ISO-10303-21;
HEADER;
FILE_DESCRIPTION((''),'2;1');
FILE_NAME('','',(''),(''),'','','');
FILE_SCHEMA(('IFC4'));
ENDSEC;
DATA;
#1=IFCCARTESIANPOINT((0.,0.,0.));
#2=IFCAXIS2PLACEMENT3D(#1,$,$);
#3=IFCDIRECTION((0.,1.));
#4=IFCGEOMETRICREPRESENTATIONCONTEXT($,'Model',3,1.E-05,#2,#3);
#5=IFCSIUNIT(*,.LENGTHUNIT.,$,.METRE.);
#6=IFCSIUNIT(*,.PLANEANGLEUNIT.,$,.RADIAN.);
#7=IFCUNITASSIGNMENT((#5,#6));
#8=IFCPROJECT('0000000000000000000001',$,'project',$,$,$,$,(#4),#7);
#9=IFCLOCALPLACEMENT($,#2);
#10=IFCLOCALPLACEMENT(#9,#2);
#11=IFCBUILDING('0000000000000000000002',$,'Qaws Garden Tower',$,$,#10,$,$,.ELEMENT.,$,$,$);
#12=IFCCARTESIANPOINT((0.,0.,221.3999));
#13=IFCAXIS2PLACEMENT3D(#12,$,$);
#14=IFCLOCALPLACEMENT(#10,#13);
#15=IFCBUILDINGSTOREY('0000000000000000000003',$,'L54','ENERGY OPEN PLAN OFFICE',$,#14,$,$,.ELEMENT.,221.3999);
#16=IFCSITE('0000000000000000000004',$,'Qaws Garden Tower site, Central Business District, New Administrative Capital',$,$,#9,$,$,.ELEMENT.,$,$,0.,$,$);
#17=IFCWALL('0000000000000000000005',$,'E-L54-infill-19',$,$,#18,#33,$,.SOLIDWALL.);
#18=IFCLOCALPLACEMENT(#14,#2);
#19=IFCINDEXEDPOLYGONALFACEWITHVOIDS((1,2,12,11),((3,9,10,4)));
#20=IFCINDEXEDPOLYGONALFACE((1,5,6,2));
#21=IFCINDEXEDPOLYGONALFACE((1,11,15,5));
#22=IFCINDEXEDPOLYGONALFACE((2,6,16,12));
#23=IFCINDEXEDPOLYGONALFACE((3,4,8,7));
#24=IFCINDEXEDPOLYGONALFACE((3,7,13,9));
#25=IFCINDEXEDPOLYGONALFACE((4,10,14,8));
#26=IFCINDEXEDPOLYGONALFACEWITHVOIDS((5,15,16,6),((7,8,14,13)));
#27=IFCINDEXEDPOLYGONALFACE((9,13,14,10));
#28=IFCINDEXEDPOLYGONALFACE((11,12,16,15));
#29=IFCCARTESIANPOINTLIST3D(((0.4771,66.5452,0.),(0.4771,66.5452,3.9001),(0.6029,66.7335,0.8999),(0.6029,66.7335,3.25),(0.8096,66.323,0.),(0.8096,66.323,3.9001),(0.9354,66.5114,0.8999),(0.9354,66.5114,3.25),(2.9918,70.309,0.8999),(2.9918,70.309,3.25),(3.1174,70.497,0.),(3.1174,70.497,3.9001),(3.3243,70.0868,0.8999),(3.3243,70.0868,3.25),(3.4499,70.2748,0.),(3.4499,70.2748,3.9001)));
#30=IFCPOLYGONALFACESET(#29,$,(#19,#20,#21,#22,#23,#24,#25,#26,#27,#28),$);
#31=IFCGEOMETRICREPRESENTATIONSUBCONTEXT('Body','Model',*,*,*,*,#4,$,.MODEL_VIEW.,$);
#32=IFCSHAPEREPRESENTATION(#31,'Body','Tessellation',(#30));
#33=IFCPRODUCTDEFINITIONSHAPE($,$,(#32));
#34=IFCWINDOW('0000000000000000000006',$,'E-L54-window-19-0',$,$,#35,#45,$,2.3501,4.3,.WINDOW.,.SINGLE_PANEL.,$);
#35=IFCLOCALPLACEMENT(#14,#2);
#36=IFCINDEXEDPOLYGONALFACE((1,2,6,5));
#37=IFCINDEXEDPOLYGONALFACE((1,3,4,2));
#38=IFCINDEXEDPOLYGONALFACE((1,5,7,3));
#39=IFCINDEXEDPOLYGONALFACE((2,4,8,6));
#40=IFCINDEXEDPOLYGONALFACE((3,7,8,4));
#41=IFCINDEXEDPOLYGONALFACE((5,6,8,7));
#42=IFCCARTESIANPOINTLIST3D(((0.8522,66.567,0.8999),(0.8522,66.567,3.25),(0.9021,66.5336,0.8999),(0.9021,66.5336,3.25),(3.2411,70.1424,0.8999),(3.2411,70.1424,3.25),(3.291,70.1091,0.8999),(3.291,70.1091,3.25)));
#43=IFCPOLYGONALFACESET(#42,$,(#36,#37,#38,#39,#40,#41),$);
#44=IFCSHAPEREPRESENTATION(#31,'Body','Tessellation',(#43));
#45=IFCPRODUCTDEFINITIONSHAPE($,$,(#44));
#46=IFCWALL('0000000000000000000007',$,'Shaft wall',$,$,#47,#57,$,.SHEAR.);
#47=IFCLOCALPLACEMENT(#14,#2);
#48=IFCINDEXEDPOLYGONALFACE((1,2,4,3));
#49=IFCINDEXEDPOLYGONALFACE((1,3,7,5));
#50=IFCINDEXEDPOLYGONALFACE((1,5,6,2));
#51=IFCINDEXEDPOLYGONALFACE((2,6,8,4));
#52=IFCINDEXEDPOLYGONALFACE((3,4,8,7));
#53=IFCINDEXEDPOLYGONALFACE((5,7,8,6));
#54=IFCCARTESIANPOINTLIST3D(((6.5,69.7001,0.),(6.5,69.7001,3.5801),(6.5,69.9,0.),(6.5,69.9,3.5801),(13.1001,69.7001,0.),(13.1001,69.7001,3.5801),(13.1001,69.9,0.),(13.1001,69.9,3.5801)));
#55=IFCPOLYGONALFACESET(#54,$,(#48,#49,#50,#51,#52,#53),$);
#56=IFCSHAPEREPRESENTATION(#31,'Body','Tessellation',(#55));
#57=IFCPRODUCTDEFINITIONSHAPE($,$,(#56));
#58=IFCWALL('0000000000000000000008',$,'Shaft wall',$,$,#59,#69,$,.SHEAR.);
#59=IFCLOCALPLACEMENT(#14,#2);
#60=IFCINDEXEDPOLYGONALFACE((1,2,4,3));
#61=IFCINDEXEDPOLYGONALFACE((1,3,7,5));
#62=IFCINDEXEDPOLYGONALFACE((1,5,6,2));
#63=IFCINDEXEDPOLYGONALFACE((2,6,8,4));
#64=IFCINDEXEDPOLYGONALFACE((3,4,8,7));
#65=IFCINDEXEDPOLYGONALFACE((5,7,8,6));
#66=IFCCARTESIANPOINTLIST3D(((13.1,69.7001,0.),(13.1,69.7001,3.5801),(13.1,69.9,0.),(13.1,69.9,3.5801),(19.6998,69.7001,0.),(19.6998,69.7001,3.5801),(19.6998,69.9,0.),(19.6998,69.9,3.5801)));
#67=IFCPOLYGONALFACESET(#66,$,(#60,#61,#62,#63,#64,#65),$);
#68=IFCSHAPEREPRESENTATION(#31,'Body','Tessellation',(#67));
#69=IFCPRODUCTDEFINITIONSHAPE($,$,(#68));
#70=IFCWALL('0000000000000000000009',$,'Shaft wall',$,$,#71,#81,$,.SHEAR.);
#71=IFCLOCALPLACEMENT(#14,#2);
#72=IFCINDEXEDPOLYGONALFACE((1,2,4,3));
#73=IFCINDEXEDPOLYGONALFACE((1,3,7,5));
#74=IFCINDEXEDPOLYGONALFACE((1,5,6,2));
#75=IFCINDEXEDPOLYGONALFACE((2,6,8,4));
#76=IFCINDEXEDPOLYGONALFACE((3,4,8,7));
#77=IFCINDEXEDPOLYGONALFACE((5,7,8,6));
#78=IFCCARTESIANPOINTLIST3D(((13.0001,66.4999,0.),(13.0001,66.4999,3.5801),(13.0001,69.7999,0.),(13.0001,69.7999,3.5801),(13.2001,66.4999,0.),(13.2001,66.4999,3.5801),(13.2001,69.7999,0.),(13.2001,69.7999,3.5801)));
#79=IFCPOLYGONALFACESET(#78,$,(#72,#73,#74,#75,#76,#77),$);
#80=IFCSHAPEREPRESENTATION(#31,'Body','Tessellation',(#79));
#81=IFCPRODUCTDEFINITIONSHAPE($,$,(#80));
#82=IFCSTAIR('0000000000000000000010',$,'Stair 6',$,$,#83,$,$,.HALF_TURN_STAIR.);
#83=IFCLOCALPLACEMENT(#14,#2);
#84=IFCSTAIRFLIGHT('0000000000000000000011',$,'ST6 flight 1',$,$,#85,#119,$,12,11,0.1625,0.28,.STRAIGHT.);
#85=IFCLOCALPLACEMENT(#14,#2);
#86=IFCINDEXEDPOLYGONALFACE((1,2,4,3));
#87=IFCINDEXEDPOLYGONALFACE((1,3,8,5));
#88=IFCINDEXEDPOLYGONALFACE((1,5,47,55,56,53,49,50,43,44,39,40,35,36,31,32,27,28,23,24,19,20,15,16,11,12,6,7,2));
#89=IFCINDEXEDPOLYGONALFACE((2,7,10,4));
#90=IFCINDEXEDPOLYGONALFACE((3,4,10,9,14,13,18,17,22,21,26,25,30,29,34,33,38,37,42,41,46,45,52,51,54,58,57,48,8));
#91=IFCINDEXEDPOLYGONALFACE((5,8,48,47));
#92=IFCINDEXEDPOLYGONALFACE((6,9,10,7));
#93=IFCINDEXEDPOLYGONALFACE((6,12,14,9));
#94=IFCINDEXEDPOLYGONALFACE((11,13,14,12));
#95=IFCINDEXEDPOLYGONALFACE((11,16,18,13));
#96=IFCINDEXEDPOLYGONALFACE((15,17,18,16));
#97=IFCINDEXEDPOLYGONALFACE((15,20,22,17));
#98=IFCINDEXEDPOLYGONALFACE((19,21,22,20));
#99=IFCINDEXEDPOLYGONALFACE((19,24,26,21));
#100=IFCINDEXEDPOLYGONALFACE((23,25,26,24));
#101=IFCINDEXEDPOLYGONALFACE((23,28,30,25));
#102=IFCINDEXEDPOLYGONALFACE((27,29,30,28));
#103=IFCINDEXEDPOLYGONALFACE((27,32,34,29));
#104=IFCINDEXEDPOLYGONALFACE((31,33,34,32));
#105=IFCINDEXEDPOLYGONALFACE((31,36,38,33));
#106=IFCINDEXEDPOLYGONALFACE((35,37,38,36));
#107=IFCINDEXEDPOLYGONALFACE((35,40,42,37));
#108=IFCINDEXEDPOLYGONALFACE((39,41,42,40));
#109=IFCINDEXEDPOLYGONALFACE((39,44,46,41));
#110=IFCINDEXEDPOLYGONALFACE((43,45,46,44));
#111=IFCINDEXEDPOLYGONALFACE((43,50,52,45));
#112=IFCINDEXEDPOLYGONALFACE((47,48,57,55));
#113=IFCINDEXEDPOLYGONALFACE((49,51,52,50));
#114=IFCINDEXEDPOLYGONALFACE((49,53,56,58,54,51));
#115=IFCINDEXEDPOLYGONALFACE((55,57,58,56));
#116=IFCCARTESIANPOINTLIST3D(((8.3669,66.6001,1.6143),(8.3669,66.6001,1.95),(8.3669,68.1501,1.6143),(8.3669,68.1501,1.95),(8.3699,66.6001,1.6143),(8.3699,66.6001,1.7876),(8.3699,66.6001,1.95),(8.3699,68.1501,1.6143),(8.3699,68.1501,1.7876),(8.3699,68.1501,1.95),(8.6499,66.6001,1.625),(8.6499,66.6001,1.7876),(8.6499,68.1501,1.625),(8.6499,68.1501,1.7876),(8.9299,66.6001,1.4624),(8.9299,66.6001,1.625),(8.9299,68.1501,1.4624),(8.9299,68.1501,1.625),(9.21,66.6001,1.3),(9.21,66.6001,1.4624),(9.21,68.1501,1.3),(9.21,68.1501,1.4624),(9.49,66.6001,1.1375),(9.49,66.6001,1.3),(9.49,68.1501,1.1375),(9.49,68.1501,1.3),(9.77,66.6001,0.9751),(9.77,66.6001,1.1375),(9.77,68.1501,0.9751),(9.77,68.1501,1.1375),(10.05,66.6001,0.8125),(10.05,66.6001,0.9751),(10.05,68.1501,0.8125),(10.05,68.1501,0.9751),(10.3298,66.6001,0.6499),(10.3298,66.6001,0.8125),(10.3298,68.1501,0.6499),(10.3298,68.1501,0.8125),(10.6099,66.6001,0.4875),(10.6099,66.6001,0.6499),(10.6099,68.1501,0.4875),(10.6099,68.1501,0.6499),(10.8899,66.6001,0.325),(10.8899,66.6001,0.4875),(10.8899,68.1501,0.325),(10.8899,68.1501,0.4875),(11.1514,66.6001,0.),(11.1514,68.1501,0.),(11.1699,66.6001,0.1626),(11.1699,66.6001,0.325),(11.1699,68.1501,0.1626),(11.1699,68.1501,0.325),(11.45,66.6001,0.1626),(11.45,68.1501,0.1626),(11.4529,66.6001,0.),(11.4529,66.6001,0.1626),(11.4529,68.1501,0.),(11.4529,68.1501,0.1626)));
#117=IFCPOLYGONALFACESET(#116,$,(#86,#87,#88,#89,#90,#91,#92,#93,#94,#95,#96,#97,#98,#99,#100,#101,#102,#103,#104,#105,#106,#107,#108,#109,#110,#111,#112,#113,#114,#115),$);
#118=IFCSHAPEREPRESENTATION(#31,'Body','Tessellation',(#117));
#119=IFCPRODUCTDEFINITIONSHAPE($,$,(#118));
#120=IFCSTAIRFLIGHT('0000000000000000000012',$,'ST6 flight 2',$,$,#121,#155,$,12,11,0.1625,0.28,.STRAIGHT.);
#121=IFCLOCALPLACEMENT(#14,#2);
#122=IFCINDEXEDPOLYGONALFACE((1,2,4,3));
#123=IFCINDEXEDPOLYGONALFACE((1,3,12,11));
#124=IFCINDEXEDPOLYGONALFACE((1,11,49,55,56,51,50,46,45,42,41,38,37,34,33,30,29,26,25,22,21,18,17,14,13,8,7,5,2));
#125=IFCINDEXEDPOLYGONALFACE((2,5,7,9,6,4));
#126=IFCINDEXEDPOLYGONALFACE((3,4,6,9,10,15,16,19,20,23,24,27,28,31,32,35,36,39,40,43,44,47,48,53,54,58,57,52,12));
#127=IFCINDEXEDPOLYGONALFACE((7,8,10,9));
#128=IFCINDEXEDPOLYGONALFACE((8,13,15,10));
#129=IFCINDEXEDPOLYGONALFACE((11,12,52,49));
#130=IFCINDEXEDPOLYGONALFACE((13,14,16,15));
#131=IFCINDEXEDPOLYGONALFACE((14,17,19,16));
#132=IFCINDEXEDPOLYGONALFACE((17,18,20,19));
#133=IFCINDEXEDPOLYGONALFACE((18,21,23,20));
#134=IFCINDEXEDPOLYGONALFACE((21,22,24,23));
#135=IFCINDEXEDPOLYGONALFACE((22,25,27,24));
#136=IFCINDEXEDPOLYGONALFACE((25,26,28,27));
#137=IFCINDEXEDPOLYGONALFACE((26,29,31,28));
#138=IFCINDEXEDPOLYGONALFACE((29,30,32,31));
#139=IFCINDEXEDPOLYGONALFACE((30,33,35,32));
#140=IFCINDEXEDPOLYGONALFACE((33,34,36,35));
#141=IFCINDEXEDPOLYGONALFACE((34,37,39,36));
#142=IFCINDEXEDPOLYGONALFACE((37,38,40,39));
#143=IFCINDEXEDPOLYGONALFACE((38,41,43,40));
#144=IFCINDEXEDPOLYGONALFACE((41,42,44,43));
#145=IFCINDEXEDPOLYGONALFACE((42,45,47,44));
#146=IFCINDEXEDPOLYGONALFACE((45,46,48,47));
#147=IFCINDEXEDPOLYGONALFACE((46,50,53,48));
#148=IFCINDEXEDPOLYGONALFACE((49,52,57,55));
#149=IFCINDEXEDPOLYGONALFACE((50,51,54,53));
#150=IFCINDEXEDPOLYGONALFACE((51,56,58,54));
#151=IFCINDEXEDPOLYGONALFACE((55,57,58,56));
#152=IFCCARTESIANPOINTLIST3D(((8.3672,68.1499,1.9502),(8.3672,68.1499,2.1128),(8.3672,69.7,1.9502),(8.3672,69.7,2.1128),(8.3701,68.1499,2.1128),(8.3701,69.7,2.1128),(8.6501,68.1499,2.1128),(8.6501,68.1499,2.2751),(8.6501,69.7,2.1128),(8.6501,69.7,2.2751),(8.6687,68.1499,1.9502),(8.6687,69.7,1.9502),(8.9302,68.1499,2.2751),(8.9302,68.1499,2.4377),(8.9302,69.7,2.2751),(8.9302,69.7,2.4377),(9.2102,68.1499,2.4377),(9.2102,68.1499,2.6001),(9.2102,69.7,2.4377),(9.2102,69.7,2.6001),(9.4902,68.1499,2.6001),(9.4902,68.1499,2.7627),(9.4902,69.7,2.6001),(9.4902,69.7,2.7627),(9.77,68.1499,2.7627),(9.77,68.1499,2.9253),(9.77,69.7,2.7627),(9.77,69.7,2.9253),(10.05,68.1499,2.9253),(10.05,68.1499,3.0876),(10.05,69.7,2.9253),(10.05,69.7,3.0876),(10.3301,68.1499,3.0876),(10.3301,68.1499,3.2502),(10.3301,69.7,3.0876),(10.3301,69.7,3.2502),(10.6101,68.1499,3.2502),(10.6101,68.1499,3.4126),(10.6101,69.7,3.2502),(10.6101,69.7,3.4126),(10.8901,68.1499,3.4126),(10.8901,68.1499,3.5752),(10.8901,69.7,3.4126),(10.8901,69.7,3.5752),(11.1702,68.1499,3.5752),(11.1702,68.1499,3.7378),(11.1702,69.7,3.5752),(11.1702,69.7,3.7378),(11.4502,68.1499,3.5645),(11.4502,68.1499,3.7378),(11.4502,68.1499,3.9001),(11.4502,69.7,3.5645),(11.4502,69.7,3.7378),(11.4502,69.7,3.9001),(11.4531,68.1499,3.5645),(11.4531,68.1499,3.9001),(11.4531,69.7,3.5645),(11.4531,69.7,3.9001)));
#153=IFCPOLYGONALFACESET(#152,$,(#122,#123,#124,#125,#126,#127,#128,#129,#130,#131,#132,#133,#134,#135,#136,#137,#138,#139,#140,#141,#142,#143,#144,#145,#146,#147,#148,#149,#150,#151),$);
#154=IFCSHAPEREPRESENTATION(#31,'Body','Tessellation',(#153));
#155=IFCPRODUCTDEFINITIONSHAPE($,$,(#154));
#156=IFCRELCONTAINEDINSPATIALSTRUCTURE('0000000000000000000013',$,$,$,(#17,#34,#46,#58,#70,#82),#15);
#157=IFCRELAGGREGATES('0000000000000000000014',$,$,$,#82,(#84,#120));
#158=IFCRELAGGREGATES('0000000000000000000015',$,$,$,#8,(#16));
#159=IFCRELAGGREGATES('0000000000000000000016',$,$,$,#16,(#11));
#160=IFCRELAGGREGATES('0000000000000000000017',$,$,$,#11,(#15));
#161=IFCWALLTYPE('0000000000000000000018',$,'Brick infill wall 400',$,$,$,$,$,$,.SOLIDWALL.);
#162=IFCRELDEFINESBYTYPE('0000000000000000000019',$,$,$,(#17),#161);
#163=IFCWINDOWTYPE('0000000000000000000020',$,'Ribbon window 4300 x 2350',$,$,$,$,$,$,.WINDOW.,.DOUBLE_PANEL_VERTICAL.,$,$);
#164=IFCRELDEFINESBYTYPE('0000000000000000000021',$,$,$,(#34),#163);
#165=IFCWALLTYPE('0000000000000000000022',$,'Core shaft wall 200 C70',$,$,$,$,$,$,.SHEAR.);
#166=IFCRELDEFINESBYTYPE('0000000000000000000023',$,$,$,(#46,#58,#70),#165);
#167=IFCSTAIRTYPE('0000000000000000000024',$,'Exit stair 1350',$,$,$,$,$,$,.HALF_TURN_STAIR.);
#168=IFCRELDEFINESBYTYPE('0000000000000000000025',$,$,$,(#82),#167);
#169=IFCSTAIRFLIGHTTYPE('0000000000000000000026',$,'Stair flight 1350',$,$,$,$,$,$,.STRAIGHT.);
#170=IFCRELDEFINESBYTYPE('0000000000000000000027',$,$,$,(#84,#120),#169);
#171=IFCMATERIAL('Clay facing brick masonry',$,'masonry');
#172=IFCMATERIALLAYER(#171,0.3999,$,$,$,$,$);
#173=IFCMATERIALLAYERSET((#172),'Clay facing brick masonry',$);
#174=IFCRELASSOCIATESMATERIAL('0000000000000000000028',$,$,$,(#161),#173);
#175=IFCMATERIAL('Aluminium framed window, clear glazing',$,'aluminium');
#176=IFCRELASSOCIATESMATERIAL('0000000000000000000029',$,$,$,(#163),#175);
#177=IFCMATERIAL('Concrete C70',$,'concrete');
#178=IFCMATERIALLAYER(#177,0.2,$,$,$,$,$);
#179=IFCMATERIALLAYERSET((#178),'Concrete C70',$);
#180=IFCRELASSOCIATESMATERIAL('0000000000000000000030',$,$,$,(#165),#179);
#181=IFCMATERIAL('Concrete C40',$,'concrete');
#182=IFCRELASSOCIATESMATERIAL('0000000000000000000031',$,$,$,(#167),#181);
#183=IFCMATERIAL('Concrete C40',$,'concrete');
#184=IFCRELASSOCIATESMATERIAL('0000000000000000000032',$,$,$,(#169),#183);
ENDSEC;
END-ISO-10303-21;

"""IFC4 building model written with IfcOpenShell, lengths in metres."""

from ifc_helpers import new_model, si_unit, direction, frame, frame_2d, origin, place, context, subcontext, project, spatial, polyline, rectangle, outline, extrude, material, layer, layer_set, type_object, element, fill, aggregate, save


model = new_model("IFC4")

# Units and contexts
model_context = context("Model", 3, precision=1e-05, world=origin(), true_north=direction((0.0, 1.0)))
body_context = subcontext(model_context, "Body", "Model", "MODEL_VIEW")
ifc_project = project(units=[si_unit("LENGTHUNIT", "METRE"), si_unit("PLANEANGLEUNIT", "RADIAN")], contexts=[model_context])

# Site, building, storey
site_placement = place(None, origin())
site = spatial("IfcSite", under=ifc_project, at=site_placement, Name="Qaws Garden Tower site, Central Business District, New Administrative Capital", CompositionType="ELEMENT", RefElevation=0.0)
building_placement = place(site_placement, origin())
building = spatial("IfcBuilding", under=site, at=building_placement, Name="Qaws Garden Tower", CompositionType="ELEMENT")
storey_placement = place(building_placement, frame((0.0, 0.0, 221.3999)))
storey = spatial("IfcBuildingStorey", under=building, at=storey_placement, Name="L54", Description="ENERGY OPEN PLAN OFFICE", CompositionType="ELEMENT", Elevation=221.3999)

# Wall, opening, window
ifc_material_1 = material(Name="Clay facing brick masonry", Category="masonry")
ifc_layer_1 = layer(ifc_material_1, 0.3999)
ifc_layer_set_1 = layer_set([ifc_layer_1], Name="Clay facing brick masonry")
wall_type_1 = type_object("IfcWallType", Name="Brick infill wall 400", PredefinedType="SOLIDWALL", material=ifc_layer_set_1)
ifc_material_2 = material(Name="Aluminium framed window, clear glazing", Category="aluminium")
window_type = type_object("IfcWindowType", Name="Ribbon window 4300 x 2350", PartitioningType="DOUBLE_PANEL_VERTICAL", PredefinedType="WINDOW", material=ifc_material_2)
wall_1_placement = place(storey_placement, frame((3.2837, 70.386, 0.0), z_axis=(0.0, 0.0, 1.0), x_axis=(-0.555542, -0.831489, 0.0)))
wall_1 = element("IfcWall", 1, at=wall_1_placement, inside=storey, type_object=wall_type_1, Name="E-L54-infill-19", PredefinedType="SOLIDWALL", context=body_context, shape_type="SweptSolid", body=[
    extrude(rectangle(XDim=4.7527, YDim=0.3999, at=frame_2d((2.3765, 0.0))), origin(), (0.0, 0.0, 1.0), 3.9001),
])
opening_1_placement = place(wall_1_placement, frame((0.2263, 0.0, 0.8999)))
opening_1 = element("IfcOpeningElement", 2, at=opening_1_placement, cuts=wall_1, PredefinedType="OPENING", context=body_context, shape_type="SweptSolid", body=[
    extrude(rectangle(XDim=4.3, YDim=2.3501, at=frame_2d((2.1499, 1.175))), frame((0.0, 0.21, 0.0), z_axis=(0.0, -1.0, 0.0), x_axis=(1.0, 0.0, 0.0)), (0.0, 0.0, 1.0), 0.4199),
])
window_1_placement = place(opening_1_placement, origin())
window_1 = element("IfcWindow", 3, at=window_1_placement, inside=storey, type_object=window_type, Name="E-L54-window-19-0", OverallHeight=2.3501, OverallWidth=4.3, PartitioningType="SINGLE_PANEL", PredefinedType="WINDOW", context=body_context, shape_type="SweptSolid", body=[
    extrude(rectangle(XDim=4.3, YDim=2.3501, at=frame_2d((2.1499, 1.175))), frame((0.0, 0.1599, 0.0), z_axis=(0.0, -1.0, 0.0), x_axis=(1.0, 0.0, 0.0)), (0.0, 0.0, 1.0), 0.0601),
])
fill(opening_1, window_1)

# Walls
ifc_material_3 = material(Name="Concrete C70", Category="concrete")
ifc_layer_2 = layer(ifc_material_3, 0.2)
ifc_layer_set_2 = layer_set([ifc_layer_2], Name="Concrete C70")
wall_type_2 = type_object("IfcWallType", Name="Core shaft wall 200 C70", PredefinedType="SHEAR", material=ifc_layer_set_2)
wall_2_placement = place(storey_placement, frame((6.5, 69.8, 0.0), z_axis=(0.0, 0.0, 1.0), x_axis=(1.0, 0.0, 0.0)))
element("IfcWall", 4, at=wall_2_placement, inside=storey, type_object=wall_type_2, Name="Shaft wall", PredefinedType="SHEAR", context=body_context, shape_type="SweptSolid", body=[
    extrude(rectangle(XDim=6.6001, YDim=0.2, at=frame_2d((3.3, 0.0))), origin(), (0.0, 0.0, 1.0), 3.5801),
])
wall_3_placement = place(storey_placement, frame((13.1001, 69.8, 0.0), z_axis=(0.0, 0.0, 1.0), x_axis=(1.0, 0.0, 0.0)))
element("IfcWall", 5, at=wall_3_placement, inside=storey, type_object=wall_type_2, Name="Shaft wall", PredefinedType="SHEAR", context=body_context, shape_type="SweptSolid", body=[
    extrude(rectangle(XDim=6.5999, YDim=0.2, at=frame_2d((3.2998, 0.0))), origin(), (0.0, 0.0, 1.0), 3.5801),
])
wall_4_placement = place(storey_placement, frame((13.1001, 66.5, 0.0), z_axis=(0.0, 0.0, 1.0), x_axis=(0.0, 1.0, 0.0)))
element("IfcWall", 6, at=wall_4_placement, inside=storey, type_object=wall_type_2, Name="Shaft wall", PredefinedType="SHEAR", context=body_context, shape_type="SweptSolid", body=[
    extrude(rectangle(XDim=3.3, YDim=0.2, at=frame_2d((1.6499, 0.0))), origin(), (0.0, 0.0, 1.0), 3.5801),
])

# Stair, stair flights
ifc_material_4 = material(Name="Concrete C40", Category="concrete")
stair_type = type_object("IfcStairType", Name="Exit stair 1350", PredefinedType="HALF_TURN_STAIR", material=ifc_material_4)
placement = place(storey_placement, origin())
stair_1 = element("IfcStair", 7, at=placement, inside=storey, type_object=stair_type, Name="Stair 6", PredefinedType="HALF_TURN_STAIR")
ifc_material_5 = material(Name="Concrete C40", Category="concrete")
stair_flight_type = type_object("IfcStairFlightType", Name="Stair flight 1350", PredefinedType="STRAIGHT", material=ifc_material_5)
stair_flight_1_placement = place(storey_placement, frame((11.45, 67.375, 0.0), z_axis=(0.0, 0.0, 1.0), x_axis=(-1.0, 0.0, 0.0)))
stair_flight_1 = element("IfcStairFlight", 8, at=stair_flight_1_placement, type_object=stair_flight_type, Name="ST6 flight 1", NumberOfRisers=12, NumberOfTreads=11, PredefinedType="STRAIGHT", RiserHeight=0.1625, TreadLength=0.28, context=body_context, shape_type="SweptSolid", body=[
    extrude(outline(polyline([(-0.0029, 0.0), (-0.0029, 0.1626), (0.0, 0.1626), (0.28, 0.1626), (0.28, 0.325), (0.5601, 0.325), (0.5601, 0.4875), (0.8401, 0.4875), (0.8401, 0.6499), (1.1201, 0.6499), (1.1201, 0.8125), (1.3999, 0.8125), (1.3999, 0.9751), (1.6799, 0.9751), (1.6799, 1.1375), (1.96, 1.1375), (1.96, 1.3), (2.24, 1.3), (2.24, 1.4624), (2.52, 1.4624), (2.52, 1.625), (2.8, 1.625), (2.8, 1.7876), (3.0801, 1.7876), (3.0801, 1.95), (3.083, 1.95), (3.083, 1.6143), (3.0801, 1.6143), (0.2986, 0.0), (-0.0029, 0.0)])), frame((0.0, 0.7749, 0.0), z_axis=(0.0, -1.0, 0.0), x_axis=(1.0, 0.0, 0.0)), (0.0, 0.0, 1.0), 1.55),
])
stair_flight_2_placement = place(storey_placement, frame((8.3701, 68.925, 1.9502), z_axis=(0.0, 0.0, 1.0), x_axis=(1.0, 0.0, 0.0)))
stair_flight_2 = element("IfcStairFlight", 9, at=stair_flight_2_placement, type_object=stair_flight_type, Name="ST6 flight 2", NumberOfRisers=12, NumberOfTreads=11, PredefinedType="STRAIGHT", RiserHeight=0.1625, TreadLength=0.28, context=body_context, shape_type="SweptSolid", body=[
    extrude(outline(polyline([(-0.0029, 0.0), (-0.0029, 0.1626), (0.0, 0.1626), (0.28, 0.1626), (0.28, 0.325), (0.5601, 0.325), (0.5601, 0.4875), (0.8401, 0.4875), (0.8401, 0.6499), (1.1201, 0.6499), (1.1201, 0.8125), (1.3999, 0.8125), (1.3999, 0.9751), (1.6799, 0.9751), (1.6799, 1.1375), (1.96, 1.1375), (1.96, 1.3), (2.24, 1.3), (2.24, 1.4624), (2.52, 1.4624), (2.52, 1.625), (2.8, 1.625), (2.8, 1.7876), (3.0801, 1.7876), (3.0801, 1.95), (3.083, 1.95), (3.083, 1.6143), (3.0801, 1.6143), (0.2986, 0.0), (-0.0029, 0.0)])), frame((0.0, 0.7749, 0.0), z_axis=(0.0, -1.0, 0.0), x_axis=(1.0, 0.0, 0.0)), (0.0, 0.0, 1.0), 1.55),
])
aggregate(stair_1, [stair_flight_1, stair_flight_2])

save(model, "model.ifc")
